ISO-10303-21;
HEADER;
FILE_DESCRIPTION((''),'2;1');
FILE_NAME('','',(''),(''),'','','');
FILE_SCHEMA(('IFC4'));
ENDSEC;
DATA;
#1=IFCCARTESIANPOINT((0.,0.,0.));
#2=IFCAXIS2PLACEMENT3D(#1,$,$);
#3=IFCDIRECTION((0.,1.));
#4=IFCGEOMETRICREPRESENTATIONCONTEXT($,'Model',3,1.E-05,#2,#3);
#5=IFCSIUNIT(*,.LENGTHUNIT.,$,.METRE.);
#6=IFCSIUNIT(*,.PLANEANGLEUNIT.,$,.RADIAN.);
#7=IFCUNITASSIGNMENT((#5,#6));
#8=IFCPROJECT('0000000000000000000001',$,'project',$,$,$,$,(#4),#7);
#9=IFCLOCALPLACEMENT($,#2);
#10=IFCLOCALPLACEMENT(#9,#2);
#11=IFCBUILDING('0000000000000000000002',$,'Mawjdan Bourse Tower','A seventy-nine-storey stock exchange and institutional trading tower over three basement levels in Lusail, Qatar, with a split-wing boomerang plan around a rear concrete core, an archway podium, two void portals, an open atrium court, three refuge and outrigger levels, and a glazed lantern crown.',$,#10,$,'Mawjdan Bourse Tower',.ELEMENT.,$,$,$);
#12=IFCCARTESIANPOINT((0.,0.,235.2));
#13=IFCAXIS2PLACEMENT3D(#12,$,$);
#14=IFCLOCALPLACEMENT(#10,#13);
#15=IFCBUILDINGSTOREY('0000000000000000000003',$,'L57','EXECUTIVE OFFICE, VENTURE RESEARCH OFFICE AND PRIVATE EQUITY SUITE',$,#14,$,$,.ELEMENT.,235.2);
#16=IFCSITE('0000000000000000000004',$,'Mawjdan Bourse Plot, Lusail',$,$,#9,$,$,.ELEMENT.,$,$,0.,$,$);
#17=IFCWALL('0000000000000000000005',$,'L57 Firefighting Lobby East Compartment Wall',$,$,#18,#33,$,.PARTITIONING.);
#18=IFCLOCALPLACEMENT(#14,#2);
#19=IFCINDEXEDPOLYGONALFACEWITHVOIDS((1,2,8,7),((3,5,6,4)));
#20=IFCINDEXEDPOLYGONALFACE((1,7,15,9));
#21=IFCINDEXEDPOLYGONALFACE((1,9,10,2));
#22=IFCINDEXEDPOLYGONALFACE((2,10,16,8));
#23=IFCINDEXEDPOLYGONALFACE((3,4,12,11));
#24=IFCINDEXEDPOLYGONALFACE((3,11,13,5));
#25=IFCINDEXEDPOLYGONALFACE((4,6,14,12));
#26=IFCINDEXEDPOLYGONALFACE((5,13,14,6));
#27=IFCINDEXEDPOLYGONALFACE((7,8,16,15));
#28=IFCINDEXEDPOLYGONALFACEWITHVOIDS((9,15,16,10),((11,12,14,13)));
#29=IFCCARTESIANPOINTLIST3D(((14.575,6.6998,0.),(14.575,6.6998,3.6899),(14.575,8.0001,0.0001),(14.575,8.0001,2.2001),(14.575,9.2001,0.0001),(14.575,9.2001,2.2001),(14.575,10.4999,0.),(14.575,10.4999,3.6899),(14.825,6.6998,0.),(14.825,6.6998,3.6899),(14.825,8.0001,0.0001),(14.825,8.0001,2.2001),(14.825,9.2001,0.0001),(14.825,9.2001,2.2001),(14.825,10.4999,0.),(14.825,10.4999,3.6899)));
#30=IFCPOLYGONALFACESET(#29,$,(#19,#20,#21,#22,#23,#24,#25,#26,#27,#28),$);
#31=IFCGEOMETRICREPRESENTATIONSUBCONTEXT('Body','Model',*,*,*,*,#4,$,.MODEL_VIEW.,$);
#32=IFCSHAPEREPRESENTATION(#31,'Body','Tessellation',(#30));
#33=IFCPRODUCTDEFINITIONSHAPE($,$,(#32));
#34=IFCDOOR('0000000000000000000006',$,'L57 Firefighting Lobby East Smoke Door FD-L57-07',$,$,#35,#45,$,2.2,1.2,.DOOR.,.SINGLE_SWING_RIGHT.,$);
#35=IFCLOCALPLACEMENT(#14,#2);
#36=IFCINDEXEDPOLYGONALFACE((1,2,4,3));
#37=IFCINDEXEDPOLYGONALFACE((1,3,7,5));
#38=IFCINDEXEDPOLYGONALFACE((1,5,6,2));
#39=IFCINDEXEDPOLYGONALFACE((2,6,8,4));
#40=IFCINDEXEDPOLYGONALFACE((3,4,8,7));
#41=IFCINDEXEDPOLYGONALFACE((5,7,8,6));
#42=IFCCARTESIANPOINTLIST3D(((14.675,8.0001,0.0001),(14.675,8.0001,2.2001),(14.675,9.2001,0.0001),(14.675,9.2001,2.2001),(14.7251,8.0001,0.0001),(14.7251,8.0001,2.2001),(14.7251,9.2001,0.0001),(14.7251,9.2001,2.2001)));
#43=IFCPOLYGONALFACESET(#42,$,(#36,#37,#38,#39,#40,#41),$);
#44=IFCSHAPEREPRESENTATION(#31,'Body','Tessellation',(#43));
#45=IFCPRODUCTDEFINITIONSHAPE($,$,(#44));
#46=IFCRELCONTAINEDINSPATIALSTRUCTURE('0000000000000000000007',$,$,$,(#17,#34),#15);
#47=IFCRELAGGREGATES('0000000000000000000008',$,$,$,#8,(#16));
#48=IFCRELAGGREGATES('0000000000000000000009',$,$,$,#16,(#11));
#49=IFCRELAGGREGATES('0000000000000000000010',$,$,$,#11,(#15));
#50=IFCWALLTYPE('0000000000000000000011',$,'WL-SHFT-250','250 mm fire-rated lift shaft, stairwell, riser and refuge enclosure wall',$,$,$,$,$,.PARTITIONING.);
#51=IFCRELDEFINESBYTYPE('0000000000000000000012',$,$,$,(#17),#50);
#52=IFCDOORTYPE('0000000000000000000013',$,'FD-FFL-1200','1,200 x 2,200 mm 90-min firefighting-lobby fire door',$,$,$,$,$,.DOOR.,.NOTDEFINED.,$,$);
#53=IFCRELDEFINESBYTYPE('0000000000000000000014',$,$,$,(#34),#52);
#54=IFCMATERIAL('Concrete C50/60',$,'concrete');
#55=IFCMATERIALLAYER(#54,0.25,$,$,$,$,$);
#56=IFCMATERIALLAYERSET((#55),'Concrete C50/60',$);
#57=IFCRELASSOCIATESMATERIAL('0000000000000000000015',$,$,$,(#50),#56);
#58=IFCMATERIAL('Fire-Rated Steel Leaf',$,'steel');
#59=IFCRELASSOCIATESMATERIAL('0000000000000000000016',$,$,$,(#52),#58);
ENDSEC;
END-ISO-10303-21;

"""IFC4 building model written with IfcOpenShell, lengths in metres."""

from ifc_helpers import new_model, si_unit, direction, frame, frame_2d, origin, place, context, subcontext, project, spatial, rectangle, extrude, material, layer, layer_set, type_object, element, fill, save


model = new_model("IFC4")

# Units and contexts
model_context = context("Model", 3, precision=1e-05, world=origin(), true_north=direction((0.0, 1.0)))
body_context = subcontext(model_context, "Body", "Model", "MODEL_VIEW")
ifc_project = project(units=[si_unit("LENGTHUNIT", "METRE"), si_unit("PLANEANGLEUNIT", "RADIAN")], contexts=[model_context])

# Site, building, storey
site_placement = place(None, origin())
site = spatial("IfcSite", under=ifc_project, at=site_placement, Name="Mawjdan Bourse Plot, Lusail", CompositionType="ELEMENT", RefElevation=0.0)
building_placement = place(site_placement, origin())
building = spatial("IfcBuilding", under=site, at=building_placement, Name="Mawjdan Bourse Tower", Description="A seventy-nine-storey stock exchange and institutional trading tower over three basement levels in Lusail, Qatar, with a split-wing boomerang plan around a rear concrete core, an archway podium, two void portals, an open atrium court, three refuge and outrigger levels, and a glazed lantern crown.", LongName="Mawjdan Bourse Tower", CompositionType="ELEMENT")
storey_placement = place(building_placement, frame((0.0, 0.0, 235.2)))
storey = spatial("IfcBuildingStorey", under=building, at=storey_placement, Name="L57", Description="EXECUTIVE OFFICE, VENTURE RESEARCH OFFICE AND PRIVATE EQUITY SUITE", CompositionType="ELEMENT", Elevation=235.2)

# Shared definitions
ifc_material_1 = material(Name="Concrete C50/60", Category="concrete")
ifc_layer_1 = layer(ifc_material_1, 0.25)
ifc_layer_set_1 = layer_set([ifc_layer_1], Name="Concrete C50/60")
wall_type_1 = type_object("IfcWallType", Name="WL-SHFT-250", Description="250 mm fire-rated lift shaft, stairwell, riser and refuge enclosure wall", PredefinedType="PARTITIONING", material=ifc_layer_set_1)

# Wall, opening, door
wall_1_placement = place(storey_placement, frame((14.7, 6.7, 0.0), z_axis=(0.0, 0.0, 1.0), x_axis=(0.0, 1.0, 0.0)))
wall_1 = element("IfcWall", 1, at=wall_1_placement, inside=storey, type_object=wall_type_1, Name="L57 Firefighting Lobby East Compartment Wall", PredefinedType="PARTITIONING", context=body_context, shape_type="SweptSolid", body=[
    extrude(rectangle(XDim=3.8, YDim=0.25, at=frame_2d((1.8999, 0.0))), origin(), (0.0, 0.0, 1.0), 3.6899),
])
opening_1_placement = place(wall_1_placement, frame((1.3, 0.0, 0.0)))
opening_1 = element("IfcOpeningElement", 2, at=opening_1_placement, cuts=wall_1, PredefinedType="OPENING", context=body_context, shape_type="SweptSolid", body=[
    extrude(rectangle(XDim=1.2, YDim=2.2, at=frame_2d((0.6001, 1.1001))), frame((0.0, 0.135, 0.0), z_axis=(0.0, -1.0, 0.0), x_axis=(1.0, 0.0, 0.0)), (0.0, 0.0, 1.0), 0.27),
])
ifc_material_2 = material(Name="Fire-Rated Steel Leaf", Category="steel")
door_type_1 = type_object("IfcDoorType", Name="FD-FFL-1200", Description="1,200 x 2,200 mm 90-min firefighting-lobby fire door", OperationType="NOTDEFINED", PredefinedType="DOOR", material=ifc_material_2)
door_1_placement = place(opening_1_placement, origin())
door_1 = element("IfcDoor", 3, at=door_1_placement, inside=storey, type_object=door_type_1, Name="L57 Firefighting Lobby East Smoke Door FD-L57-07", OperationType="SINGLE_SWING_RIGHT", OverallHeight=2.2, OverallWidth=1.2, PredefinedType="DOOR", context=body_context, shape_type="SweptSolid", body=[
    extrude(rectangle(XDim=1.2, YDim=2.2, at=frame_2d((0.6001, 1.1001))), frame((0.0, 0.0249, 0.0), z_axis=(0.0, -1.0, 0.0), x_axis=(1.0, 0.0, 0.0)), (0.0, 0.0, 1.0), 0.05),
])
fill(opening_1, door_1)

save(model, "model.ifc")
